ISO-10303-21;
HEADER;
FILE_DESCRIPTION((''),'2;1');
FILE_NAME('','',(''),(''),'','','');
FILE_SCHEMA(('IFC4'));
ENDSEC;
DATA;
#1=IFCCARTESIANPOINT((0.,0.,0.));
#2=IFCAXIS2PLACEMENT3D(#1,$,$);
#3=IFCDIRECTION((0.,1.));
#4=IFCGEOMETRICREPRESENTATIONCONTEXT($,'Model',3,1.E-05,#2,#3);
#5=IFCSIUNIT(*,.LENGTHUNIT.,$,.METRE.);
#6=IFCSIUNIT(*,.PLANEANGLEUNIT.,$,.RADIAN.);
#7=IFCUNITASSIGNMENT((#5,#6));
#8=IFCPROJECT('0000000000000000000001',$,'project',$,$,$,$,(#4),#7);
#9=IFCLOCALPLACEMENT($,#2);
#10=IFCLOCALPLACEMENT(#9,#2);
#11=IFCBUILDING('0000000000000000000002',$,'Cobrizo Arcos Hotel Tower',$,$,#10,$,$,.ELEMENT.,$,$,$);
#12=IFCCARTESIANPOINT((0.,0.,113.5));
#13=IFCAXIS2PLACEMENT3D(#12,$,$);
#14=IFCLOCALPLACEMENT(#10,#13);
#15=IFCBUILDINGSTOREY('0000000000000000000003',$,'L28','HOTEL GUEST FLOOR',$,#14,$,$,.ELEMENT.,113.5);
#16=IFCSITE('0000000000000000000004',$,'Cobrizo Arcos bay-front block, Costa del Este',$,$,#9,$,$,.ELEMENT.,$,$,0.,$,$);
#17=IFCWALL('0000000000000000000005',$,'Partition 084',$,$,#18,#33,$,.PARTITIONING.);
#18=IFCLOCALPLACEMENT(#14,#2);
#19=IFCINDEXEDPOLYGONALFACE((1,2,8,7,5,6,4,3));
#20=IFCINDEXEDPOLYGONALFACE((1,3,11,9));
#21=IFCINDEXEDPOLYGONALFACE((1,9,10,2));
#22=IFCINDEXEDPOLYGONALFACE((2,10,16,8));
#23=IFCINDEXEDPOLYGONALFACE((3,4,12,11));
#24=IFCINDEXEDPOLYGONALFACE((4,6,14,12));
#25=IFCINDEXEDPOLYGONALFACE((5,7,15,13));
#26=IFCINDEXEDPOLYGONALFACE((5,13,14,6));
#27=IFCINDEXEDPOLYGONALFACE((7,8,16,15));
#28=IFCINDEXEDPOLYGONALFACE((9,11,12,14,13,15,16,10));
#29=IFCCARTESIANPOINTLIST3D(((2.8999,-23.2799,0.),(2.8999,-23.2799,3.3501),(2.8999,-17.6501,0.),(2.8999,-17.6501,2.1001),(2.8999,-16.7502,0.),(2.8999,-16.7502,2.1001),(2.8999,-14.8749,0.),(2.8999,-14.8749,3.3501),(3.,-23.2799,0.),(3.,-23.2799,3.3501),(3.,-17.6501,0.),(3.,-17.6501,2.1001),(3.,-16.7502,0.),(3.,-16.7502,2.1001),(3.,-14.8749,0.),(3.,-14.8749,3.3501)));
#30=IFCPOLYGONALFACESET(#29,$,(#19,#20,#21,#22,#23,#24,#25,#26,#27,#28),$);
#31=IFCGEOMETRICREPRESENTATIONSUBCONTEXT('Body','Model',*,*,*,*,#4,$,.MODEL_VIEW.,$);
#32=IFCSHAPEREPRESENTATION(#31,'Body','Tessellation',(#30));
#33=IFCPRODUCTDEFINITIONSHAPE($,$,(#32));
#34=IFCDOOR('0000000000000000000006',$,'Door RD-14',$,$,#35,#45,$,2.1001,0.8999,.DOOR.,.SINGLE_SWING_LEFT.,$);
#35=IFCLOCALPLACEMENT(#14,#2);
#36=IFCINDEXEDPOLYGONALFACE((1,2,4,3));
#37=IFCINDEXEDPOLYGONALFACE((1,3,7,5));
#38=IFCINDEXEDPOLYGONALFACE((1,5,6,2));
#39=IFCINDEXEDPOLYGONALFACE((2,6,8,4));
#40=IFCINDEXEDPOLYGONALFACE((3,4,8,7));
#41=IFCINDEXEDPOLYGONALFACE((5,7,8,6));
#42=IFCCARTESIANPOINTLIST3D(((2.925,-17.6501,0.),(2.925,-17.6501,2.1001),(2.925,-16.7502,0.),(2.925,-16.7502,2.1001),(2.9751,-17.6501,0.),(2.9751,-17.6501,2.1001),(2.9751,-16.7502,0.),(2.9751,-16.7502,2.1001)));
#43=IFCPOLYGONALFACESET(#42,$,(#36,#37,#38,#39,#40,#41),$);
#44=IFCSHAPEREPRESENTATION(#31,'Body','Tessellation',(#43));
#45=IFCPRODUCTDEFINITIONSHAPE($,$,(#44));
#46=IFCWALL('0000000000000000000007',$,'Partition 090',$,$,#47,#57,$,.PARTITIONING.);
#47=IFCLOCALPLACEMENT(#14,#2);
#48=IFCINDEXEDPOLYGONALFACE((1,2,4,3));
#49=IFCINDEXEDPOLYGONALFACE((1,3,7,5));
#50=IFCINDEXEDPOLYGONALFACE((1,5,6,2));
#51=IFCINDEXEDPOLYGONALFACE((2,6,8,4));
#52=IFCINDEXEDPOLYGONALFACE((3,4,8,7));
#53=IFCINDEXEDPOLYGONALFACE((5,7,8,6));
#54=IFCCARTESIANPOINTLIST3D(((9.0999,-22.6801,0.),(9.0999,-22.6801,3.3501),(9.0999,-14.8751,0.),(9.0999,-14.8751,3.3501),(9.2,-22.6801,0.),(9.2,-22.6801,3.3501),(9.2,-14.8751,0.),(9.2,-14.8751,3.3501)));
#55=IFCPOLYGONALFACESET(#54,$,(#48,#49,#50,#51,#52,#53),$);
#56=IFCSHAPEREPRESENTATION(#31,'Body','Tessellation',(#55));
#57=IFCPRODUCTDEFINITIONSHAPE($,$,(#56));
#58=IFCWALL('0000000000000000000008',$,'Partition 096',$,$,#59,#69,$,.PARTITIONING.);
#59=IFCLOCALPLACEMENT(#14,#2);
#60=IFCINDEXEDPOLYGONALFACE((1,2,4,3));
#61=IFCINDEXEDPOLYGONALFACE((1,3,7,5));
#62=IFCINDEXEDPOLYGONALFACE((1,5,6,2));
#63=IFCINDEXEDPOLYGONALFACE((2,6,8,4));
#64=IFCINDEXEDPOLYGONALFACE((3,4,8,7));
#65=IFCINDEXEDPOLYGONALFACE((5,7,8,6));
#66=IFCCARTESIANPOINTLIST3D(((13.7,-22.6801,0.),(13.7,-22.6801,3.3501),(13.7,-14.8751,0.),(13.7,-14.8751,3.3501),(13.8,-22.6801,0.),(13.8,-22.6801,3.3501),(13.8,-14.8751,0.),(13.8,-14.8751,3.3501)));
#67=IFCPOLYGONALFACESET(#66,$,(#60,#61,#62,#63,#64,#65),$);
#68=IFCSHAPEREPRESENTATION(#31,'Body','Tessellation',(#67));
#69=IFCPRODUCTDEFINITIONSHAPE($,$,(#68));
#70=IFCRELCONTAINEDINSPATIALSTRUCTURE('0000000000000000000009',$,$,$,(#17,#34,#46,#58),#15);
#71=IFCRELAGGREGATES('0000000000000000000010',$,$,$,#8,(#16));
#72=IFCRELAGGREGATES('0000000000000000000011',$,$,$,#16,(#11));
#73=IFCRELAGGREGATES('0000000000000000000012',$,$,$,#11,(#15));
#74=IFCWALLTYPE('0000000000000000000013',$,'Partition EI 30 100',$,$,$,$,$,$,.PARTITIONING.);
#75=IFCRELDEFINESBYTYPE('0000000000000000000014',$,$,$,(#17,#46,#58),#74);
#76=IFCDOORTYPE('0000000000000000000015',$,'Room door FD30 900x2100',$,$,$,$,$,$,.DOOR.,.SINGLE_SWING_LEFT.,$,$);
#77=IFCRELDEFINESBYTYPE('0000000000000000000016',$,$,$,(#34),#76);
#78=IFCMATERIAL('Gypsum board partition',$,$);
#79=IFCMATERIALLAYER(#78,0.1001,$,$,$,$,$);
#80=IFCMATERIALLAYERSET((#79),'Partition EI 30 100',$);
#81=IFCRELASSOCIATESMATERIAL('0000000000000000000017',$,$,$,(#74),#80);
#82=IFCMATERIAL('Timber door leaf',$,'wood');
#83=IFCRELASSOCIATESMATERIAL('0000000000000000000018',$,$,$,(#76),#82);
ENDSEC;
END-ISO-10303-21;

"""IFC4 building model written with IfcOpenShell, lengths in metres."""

from ifc_helpers import new_model, si_unit, direction, frame, frame_2d, origin, place, context, subcontext, project, spatial, rectangle, extrude, material, layer, layer_set, type_object, element, fill, save


model = new_model("IFC4")

# Units and contexts
model_context = context("Model", 3, precision=1e-05, world=origin(), true_north=direction((0.0, 1.0)))
body_context = subcontext(model_context, "Body", "Model", "MODEL_VIEW")
ifc_project = project(units=[si_unit("LENGTHUNIT", "METRE"), si_unit("PLANEANGLEUNIT", "RADIAN")], contexts=[model_context])

# Site, building, storey
site_placement = place(None, origin())
site = spatial("IfcSite", under=ifc_project, at=site_placement, Name="Cobrizo Arcos bay-front block, Costa del Este", CompositionType="ELEMENT", RefElevation=0.0)
building_placement = place(site_placement, origin())
building = spatial("IfcBuilding", under=site, at=building_placement, Name="Cobrizo Arcos Hotel Tower", CompositionType="ELEMENT")
storey_placement = place(building_placement, frame((0.0, 0.0, 113.5)))
storey = spatial("IfcBuildingStorey", under=building, at=storey_placement, Name="L28", Description="HOTEL GUEST FLOOR", CompositionType="ELEMENT", Elevation=113.5)

# Shared definitions
ifc_material_1 = material(Name="Gypsum board partition")
ifc_layer_1 = layer(ifc_material_1, 0.1001)
ifc_layer_set_1 = layer_set([ifc_layer_1], Name="Partition EI 30 100")
wall_type = type_object("IfcWallType", Name="Partition EI 30 100", PredefinedType="PARTITIONING", material=ifc_layer_set_1)

# Wall, opening, door
wall_1_placement = place(storey_placement, frame((2.95, -23.28, 0.0), z_axis=(0.0, 0.0, 1.0), x_axis=(0.0, 1.0, 0.0)))
wall_1 = element("IfcWall", 1, at=wall_1_placement, inside=storey, type_object=wall_type, Name="Partition 084", PredefinedType="PARTITIONING", context=body_context, shape_type="SweptSolid", body=[
    extrude(rectangle(XDim=8.405, YDim=0.1001, at=frame_2d((4.2026, 0.0))), origin(), (0.0, 0.0, 1.0), 3.3501),
])
opening_placement = place(wall_1_placement, frame((5.6299, 0.0, 0.0)))
opening = element("IfcOpeningElement", 2, at=opening_placement, cuts=wall_1, PredefinedType="OPENING", context=body_context, shape_type="SweptSolid", body=[
    extrude(rectangle(XDim=0.8999, YDim=2.1001, at=frame_2d((0.45, 1.05))), frame((0.0, 0.062, 0.0), z_axis=(0.0, -1.0, 0.0), x_axis=(1.0, 0.0, 0.0)), (0.0, 0.0, 1.0), 0.124),
])
ifc_material_2 = material(Name="Timber door leaf", Category="wood")
door_type = type_object("IfcDoorType", Name="Room door FD30 900x2100", OperationType="SINGLE_SWING_LEFT", PredefinedType="DOOR", material=ifc_material_2)
door_placement = place(opening_placement, origin())
door = element("IfcDoor", 3, at=door_placement, inside=storey, type_object=door_type, Name="Door RD-14", OperationType="SINGLE_SWING_LEFT", OverallHeight=2.1001, OverallWidth=0.8999, PredefinedType="DOOR", context=body_context, shape_type="SweptSolid", body=[
    extrude(rectangle(XDim=0.8999, YDim=2.1001, at=frame_2d((0.45, 1.05))), frame((0.0, 0.0249, 0.0), z_axis=(0.0, -1.0, 0.0), x_axis=(1.0, 0.0, 0.0)), (0.0, 0.0, 1.0), 0.05),
])
fill(opening, door)

# Walls
for number, where, z_axis, x_axis, name in (
    (4, (9.1499, -22.6799, 0.0), (0.0, 0.0, 1.0), (0.0, 1.0, 0.0), "Partition 090"),
    (5, (13.75, -22.6799, 0.0), (0.0, 0.0, 1.0), (0.0, 1.0, 0.0), "Partition 096"),
):
    element("IfcWall", number, at=place(storey_placement, frame(where, z_axis=z_axis, x_axis=x_axis)), inside=storey, type_object=wall_type, Name=name, PredefinedType="PARTITIONING", context=body_context, shape_type="SweptSolid", body=[
        extrude(rectangle(XDim=7.8049, YDim=0.1001, at=frame_2d((3.9023, 0.0))), origin(), (0.0, 0.0, 1.0), 3.3501),
    ])

save(model, "model.ifc")
